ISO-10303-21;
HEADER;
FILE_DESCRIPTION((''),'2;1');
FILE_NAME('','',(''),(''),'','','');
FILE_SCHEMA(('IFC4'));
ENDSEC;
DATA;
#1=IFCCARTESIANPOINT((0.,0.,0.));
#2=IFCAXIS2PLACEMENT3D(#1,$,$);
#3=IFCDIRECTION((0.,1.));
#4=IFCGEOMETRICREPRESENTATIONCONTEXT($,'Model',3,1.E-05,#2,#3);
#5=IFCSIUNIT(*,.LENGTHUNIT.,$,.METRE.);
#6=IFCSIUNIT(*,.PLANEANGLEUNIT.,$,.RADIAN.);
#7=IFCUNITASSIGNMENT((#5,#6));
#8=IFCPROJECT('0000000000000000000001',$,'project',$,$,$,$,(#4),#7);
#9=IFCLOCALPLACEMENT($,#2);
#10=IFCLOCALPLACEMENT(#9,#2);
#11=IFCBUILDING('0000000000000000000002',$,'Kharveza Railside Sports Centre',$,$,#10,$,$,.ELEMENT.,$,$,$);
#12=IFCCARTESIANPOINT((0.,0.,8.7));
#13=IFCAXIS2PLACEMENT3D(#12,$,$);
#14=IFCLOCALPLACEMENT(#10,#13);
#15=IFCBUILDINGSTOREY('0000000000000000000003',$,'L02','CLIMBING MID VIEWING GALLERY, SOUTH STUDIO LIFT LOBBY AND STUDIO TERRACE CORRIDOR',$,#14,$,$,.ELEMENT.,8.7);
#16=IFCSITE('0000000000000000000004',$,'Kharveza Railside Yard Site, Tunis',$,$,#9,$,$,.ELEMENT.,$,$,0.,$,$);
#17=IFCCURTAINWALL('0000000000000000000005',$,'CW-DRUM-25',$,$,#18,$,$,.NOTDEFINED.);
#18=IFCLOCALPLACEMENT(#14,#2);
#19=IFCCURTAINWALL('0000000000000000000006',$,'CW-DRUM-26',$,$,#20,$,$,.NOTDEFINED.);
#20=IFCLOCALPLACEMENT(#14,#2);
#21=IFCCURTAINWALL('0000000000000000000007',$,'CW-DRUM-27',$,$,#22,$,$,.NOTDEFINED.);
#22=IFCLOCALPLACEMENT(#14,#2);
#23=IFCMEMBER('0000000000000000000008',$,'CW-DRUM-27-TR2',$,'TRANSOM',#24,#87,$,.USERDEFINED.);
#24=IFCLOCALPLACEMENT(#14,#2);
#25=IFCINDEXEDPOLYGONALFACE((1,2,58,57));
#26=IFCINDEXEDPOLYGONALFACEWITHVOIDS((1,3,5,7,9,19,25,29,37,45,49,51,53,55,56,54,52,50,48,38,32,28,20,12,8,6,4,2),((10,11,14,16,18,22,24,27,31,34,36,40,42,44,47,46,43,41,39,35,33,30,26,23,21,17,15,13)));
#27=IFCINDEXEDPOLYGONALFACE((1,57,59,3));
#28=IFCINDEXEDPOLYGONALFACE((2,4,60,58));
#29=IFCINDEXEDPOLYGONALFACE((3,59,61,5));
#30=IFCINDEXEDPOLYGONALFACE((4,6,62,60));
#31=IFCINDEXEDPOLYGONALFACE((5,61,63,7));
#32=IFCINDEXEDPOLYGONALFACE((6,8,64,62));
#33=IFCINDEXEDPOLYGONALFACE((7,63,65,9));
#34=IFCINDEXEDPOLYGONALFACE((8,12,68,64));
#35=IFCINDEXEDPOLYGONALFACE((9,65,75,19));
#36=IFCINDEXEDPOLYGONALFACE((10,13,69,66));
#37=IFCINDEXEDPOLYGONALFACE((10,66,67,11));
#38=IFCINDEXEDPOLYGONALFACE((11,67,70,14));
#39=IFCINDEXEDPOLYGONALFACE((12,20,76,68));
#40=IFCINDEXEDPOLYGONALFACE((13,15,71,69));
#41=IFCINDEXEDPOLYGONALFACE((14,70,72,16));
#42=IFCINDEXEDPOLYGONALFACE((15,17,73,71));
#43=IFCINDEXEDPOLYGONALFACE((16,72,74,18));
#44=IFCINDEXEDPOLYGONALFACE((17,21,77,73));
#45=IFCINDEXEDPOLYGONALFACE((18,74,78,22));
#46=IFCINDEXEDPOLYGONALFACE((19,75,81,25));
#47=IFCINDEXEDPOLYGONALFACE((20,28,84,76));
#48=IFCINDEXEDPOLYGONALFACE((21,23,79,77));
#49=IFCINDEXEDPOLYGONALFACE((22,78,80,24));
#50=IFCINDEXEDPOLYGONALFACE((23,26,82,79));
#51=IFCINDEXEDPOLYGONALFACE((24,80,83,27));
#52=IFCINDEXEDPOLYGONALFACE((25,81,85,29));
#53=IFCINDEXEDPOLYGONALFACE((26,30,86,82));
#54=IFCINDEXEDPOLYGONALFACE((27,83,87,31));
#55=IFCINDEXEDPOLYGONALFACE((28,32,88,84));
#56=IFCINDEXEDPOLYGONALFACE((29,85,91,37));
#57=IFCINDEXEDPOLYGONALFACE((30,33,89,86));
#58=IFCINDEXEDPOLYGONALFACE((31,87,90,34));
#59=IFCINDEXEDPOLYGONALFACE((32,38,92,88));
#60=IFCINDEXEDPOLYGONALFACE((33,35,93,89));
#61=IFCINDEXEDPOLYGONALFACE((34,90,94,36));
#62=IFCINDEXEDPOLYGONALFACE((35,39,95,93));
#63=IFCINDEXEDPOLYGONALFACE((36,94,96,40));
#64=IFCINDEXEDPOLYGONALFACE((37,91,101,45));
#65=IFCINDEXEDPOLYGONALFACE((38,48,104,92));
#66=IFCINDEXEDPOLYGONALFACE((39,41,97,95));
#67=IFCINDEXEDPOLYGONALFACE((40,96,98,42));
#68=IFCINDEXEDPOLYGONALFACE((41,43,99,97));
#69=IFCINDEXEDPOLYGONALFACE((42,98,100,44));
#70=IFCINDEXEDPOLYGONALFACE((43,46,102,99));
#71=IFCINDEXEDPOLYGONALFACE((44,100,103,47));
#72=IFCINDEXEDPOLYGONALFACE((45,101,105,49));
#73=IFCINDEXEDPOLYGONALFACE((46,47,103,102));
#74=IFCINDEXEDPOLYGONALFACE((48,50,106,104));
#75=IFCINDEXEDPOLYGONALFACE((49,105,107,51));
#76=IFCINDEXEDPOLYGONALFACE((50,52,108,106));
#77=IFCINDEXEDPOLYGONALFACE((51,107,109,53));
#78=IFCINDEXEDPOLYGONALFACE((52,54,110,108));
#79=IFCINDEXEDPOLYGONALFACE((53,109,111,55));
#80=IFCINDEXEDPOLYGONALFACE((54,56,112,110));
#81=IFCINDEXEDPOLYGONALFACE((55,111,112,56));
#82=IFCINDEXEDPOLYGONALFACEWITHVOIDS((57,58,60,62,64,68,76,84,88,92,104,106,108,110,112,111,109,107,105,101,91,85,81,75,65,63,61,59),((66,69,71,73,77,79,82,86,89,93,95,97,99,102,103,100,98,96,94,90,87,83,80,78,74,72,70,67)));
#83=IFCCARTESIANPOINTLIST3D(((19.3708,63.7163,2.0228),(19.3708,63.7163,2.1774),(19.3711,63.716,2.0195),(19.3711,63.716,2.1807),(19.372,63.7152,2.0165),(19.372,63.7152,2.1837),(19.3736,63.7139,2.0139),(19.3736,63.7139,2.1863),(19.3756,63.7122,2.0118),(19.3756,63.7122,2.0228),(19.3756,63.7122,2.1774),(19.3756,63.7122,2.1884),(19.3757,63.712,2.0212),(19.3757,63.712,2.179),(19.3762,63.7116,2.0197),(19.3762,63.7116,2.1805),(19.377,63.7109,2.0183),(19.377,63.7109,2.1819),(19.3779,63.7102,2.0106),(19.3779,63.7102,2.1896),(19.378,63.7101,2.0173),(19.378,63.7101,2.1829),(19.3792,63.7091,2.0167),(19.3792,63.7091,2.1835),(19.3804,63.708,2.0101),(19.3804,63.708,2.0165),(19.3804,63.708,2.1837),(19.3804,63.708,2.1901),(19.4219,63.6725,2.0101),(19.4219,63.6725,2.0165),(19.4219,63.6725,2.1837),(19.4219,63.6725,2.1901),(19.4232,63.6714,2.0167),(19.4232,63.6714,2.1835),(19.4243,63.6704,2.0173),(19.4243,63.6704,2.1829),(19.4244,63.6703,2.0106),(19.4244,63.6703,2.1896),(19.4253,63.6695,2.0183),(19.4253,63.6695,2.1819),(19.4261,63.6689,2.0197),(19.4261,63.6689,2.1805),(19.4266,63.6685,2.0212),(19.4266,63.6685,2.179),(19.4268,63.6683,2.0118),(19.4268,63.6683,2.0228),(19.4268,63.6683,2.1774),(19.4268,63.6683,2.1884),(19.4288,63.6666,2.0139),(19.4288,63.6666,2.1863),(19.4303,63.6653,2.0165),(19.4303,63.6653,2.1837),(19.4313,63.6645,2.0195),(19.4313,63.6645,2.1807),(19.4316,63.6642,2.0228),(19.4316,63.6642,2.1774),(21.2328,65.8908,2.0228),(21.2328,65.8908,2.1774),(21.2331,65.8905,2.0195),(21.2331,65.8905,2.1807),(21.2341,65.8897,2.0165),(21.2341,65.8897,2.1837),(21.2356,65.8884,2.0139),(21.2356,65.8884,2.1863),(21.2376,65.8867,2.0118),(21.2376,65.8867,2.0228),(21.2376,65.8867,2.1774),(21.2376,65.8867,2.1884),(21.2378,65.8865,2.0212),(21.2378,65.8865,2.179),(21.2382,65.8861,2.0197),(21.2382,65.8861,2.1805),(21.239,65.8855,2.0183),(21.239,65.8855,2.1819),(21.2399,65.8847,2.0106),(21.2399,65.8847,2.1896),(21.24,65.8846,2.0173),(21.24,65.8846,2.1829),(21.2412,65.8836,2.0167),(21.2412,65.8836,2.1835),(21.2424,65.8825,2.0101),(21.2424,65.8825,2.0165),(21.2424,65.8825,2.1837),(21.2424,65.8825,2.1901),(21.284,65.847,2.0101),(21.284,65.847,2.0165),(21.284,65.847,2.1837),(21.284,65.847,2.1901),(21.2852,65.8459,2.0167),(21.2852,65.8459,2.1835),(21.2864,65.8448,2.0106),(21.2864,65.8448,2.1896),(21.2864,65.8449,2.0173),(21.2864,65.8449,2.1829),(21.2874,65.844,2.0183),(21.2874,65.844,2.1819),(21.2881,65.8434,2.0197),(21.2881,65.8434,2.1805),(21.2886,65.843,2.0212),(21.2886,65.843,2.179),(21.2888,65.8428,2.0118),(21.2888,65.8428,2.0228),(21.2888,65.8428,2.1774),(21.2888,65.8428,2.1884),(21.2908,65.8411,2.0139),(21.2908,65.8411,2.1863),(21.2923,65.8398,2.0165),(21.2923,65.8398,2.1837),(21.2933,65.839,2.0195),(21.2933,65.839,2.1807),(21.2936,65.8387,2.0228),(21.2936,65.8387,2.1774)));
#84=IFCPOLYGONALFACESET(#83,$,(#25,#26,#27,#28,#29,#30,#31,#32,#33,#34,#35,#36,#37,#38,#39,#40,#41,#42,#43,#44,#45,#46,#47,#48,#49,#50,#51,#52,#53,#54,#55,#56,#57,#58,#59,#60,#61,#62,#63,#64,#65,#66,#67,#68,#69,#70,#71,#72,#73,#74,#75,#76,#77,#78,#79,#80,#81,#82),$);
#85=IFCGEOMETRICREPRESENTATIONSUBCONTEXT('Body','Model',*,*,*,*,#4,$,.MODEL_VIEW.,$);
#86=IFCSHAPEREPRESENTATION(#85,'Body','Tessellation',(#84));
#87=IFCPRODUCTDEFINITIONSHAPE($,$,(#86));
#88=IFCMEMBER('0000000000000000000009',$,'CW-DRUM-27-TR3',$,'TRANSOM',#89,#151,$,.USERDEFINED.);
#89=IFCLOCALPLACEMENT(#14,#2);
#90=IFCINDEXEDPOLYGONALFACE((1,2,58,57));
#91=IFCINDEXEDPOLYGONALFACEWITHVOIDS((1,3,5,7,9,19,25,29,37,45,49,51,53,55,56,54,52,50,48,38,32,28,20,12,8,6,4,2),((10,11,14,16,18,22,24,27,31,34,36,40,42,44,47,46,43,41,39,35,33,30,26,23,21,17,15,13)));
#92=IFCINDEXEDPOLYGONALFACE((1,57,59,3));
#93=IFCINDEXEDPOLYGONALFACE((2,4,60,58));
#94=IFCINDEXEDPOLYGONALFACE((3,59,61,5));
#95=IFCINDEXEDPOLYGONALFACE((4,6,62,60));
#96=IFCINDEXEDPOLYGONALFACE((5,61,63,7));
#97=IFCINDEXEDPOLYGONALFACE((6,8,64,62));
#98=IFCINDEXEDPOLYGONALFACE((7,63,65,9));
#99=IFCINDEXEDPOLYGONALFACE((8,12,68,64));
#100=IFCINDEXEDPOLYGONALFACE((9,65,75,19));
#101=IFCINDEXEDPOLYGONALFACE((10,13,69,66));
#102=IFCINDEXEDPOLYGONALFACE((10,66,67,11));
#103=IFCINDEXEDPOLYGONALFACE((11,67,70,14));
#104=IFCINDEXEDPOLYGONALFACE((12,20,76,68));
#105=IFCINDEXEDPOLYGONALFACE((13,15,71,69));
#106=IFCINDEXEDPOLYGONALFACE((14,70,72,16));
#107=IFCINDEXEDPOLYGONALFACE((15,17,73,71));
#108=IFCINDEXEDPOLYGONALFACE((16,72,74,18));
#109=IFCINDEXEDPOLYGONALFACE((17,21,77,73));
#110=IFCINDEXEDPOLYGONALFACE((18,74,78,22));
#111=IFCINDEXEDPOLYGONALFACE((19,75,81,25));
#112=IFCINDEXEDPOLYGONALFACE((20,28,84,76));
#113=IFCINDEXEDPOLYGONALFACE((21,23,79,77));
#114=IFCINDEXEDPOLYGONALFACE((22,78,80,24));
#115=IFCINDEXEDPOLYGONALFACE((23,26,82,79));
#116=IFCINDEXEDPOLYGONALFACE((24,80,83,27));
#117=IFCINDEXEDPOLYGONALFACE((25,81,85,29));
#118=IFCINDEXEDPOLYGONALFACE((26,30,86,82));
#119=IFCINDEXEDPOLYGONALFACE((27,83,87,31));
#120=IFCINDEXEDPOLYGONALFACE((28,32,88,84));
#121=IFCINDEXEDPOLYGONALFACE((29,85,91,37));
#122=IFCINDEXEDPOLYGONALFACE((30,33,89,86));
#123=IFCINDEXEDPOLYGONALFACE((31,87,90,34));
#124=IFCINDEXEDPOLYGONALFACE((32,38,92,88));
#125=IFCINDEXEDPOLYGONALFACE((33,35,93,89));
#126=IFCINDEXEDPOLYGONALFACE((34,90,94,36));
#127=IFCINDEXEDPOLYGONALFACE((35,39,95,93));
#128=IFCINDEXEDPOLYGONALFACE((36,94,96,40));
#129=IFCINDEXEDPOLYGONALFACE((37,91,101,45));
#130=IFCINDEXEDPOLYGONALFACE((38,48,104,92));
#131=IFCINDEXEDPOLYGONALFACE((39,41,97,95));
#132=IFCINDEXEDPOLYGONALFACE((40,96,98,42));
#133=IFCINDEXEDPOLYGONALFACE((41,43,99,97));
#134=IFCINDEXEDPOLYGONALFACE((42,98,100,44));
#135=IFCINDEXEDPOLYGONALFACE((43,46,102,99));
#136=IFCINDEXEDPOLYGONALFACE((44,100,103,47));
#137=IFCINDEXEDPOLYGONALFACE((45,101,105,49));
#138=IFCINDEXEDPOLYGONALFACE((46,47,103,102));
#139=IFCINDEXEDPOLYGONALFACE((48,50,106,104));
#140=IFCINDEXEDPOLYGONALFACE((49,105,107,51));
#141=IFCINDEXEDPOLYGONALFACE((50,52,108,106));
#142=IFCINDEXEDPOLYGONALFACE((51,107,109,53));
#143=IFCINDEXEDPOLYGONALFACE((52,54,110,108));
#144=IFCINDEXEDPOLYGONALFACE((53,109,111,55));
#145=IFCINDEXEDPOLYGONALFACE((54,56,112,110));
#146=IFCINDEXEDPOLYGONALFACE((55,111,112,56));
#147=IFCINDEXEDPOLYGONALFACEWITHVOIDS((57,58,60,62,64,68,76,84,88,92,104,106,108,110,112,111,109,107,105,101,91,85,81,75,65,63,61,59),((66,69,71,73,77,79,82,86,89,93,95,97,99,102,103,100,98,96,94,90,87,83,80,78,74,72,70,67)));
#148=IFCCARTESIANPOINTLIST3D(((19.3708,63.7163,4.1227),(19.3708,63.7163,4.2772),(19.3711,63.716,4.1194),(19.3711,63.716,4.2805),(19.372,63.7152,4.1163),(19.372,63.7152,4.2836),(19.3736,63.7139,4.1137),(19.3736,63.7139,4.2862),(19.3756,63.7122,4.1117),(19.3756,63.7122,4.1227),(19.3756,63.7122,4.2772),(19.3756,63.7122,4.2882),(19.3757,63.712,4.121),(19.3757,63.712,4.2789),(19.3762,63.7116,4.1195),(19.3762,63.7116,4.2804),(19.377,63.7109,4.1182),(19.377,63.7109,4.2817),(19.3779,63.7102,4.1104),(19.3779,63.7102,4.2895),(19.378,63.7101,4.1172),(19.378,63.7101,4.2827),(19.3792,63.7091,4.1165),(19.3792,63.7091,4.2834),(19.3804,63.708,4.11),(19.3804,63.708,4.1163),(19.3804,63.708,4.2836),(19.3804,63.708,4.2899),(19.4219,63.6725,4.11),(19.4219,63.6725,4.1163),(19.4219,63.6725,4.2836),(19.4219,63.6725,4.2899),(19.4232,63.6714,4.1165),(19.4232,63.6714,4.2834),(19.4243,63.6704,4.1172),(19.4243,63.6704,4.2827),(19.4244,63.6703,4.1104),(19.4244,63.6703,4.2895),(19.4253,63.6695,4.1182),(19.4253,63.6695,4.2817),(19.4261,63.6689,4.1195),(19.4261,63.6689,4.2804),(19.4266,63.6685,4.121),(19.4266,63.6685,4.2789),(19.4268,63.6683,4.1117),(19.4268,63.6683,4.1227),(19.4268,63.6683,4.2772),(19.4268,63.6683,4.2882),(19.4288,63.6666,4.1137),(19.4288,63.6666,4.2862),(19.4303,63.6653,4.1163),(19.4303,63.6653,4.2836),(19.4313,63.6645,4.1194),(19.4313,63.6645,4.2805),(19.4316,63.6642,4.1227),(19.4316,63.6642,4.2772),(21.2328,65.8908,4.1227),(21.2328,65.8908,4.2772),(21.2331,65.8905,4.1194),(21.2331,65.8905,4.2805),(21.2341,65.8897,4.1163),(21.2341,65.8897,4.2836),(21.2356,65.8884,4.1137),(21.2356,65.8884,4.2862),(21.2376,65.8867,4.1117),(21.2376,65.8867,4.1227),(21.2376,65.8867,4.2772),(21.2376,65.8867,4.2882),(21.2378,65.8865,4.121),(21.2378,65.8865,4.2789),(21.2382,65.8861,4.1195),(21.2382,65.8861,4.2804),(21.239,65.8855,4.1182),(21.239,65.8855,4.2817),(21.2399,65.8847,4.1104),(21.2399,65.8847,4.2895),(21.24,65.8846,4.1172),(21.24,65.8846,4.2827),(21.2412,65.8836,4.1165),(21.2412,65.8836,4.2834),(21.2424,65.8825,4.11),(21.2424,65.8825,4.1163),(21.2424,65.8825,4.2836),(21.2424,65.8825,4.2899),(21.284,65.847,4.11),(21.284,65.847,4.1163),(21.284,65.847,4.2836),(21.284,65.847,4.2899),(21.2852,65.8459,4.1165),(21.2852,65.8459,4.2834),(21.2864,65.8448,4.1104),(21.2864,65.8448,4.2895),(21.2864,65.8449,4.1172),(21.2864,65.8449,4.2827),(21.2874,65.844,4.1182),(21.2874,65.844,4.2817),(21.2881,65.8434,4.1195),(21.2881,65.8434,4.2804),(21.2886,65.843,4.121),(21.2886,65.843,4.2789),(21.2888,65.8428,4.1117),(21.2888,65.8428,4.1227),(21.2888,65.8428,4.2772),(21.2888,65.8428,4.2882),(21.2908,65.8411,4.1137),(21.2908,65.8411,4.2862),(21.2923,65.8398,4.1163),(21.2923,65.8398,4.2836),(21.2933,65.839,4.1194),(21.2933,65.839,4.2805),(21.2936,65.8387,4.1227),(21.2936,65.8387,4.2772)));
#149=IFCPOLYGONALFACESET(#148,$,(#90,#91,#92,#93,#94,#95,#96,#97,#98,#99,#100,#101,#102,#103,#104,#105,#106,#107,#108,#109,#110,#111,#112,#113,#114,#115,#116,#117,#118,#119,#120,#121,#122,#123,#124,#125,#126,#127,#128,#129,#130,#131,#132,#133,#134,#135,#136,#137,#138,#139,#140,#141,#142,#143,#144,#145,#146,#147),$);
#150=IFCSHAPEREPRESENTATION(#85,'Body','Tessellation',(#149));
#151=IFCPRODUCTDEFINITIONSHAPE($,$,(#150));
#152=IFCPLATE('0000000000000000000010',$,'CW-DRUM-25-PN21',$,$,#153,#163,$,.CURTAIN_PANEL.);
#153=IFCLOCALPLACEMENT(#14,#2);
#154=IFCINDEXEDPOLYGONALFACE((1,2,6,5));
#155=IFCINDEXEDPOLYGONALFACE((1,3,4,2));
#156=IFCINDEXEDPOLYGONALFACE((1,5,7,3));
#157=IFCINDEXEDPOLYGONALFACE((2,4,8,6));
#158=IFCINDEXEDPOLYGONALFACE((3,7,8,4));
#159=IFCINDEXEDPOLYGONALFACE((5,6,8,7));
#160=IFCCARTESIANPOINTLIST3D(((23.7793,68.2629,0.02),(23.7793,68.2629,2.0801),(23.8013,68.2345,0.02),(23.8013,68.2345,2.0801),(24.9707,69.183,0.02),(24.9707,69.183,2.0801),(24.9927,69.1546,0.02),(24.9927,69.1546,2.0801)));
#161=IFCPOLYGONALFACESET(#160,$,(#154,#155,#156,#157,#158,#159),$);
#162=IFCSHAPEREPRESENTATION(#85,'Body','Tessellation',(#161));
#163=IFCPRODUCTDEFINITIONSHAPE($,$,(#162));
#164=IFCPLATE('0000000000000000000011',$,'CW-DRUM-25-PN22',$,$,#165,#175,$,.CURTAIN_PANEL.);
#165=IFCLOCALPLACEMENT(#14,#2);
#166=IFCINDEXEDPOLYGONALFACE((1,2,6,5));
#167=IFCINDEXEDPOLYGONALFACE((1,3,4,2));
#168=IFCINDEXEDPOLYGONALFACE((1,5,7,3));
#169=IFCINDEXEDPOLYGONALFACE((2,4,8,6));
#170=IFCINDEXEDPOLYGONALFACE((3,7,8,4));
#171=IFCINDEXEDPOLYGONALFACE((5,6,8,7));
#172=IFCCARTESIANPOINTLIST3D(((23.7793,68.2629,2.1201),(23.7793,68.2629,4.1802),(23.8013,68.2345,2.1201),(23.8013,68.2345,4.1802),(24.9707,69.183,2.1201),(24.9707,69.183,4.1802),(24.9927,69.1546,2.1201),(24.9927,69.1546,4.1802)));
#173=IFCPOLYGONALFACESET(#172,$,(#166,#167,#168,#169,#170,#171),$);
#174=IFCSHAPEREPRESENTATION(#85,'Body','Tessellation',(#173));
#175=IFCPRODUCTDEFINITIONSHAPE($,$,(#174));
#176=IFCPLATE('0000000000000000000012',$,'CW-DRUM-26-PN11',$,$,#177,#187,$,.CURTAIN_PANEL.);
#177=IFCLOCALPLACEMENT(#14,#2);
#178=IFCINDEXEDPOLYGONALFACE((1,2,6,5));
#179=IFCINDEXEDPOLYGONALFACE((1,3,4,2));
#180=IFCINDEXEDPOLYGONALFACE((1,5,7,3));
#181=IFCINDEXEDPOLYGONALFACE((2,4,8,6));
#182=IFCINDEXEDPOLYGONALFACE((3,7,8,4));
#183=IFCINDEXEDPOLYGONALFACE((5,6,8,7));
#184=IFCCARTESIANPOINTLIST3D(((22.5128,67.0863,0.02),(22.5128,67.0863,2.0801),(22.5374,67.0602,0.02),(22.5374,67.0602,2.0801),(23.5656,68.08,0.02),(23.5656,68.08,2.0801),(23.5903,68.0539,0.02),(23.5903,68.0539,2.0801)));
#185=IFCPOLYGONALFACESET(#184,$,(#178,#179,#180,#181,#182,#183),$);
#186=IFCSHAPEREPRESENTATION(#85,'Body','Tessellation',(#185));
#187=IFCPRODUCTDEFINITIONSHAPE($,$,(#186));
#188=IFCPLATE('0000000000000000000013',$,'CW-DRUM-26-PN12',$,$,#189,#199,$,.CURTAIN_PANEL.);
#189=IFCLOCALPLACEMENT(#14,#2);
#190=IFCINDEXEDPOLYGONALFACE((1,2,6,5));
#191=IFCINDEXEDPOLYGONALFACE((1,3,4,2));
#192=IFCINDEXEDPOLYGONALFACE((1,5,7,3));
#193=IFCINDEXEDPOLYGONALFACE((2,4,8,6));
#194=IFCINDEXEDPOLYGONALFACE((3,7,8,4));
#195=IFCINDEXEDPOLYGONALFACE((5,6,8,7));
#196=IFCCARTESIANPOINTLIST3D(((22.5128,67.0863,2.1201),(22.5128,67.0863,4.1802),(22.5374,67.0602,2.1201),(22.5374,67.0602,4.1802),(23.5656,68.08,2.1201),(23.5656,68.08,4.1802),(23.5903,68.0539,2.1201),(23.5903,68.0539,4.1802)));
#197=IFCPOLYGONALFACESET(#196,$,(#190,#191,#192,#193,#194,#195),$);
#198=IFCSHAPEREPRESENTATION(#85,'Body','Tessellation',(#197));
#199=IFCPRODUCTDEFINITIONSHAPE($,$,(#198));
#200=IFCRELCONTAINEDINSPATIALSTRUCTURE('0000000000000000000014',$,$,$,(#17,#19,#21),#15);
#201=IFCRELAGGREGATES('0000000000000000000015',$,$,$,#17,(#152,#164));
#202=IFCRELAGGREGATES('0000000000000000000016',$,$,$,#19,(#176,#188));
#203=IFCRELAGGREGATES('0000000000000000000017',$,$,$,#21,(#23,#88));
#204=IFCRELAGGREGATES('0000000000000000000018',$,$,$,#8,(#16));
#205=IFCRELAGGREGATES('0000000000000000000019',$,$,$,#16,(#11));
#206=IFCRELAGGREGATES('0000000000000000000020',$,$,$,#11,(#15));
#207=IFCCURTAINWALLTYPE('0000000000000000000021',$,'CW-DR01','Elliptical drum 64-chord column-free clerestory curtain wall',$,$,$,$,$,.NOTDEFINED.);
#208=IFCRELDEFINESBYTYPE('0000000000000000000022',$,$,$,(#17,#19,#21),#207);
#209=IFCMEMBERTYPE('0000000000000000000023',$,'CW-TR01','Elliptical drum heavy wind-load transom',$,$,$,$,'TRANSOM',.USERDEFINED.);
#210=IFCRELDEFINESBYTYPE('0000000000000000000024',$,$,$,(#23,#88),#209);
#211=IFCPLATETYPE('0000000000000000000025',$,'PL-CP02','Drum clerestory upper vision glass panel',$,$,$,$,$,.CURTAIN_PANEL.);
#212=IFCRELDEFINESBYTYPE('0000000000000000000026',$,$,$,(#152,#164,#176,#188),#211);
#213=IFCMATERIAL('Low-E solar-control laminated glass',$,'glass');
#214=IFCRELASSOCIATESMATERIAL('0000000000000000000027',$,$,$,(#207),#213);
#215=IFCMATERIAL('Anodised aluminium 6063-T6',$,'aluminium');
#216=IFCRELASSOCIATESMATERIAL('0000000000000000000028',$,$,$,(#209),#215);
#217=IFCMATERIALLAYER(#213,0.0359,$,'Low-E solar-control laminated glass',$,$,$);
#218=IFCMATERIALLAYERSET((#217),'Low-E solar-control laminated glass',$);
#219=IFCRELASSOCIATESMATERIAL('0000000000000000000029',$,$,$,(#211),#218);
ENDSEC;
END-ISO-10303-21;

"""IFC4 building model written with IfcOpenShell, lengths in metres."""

from ifc_helpers import new_model, si_unit, direction, frame, origin, origin_2d, place, context, subcontext, project, spatial, rectangle, hollow_rectangle, extrude, material, layer, layer_set, material_profile, profile_set, type_object, element, aggregate, save


model = new_model("IFC4")

# Units and contexts
model_context = context("Model", 3, precision=1e-05, world=origin(), true_north=direction((0.0, 1.0)))
body_context = subcontext(model_context, "Body", "Model", "MODEL_VIEW")
ifc_project = project(units=[si_unit("LENGTHUNIT", "METRE"), si_unit("PLANEANGLEUNIT", "RADIAN")], contexts=[model_context])

# Site, building, storey
site_placement = place(None, origin())
site = spatial("IfcSite", under=ifc_project, at=site_placement, Name="Kharveza Railside Yard Site, Tunis", CompositionType="ELEMENT", RefElevation=0.0)
building_placement = place(site_placement, origin())
building = spatial("IfcBuilding", under=site, at=building_placement, Name="Kharveza Railside Sports Centre", CompositionType="ELEMENT")
storey_placement = place(building_placement, frame((0.0, 0.0, 8.7)))
storey = spatial("IfcBuildingStorey", under=building, at=storey_placement, Name="L02", Description="CLIMBING MID VIEWING GALLERY, SOUTH STUDIO LIFT LOBBY AND STUDIO TERRACE CORRIDOR", CompositionType="ELEMENT", Elevation=8.7)

# Curtain walls
ifc_material_1 = material(Name="Low-E solar-control laminated glass", Category="glass")
curtain_wall_type = type_object("IfcCurtainWallType", Name="CW-DR01", Description="Elliptical drum 64-chord column-free clerestory curtain wall", PredefinedType="NOTDEFINED", material=ifc_material_1)
curtain_wall_1_placement = place(storey_placement, origin())
curtain_wall_1 = element("IfcCurtainWall", 1, at=curtain_wall_1_placement, inside=storey, type_object=curtain_wall_type, Name="CW-DRUM-25", PredefinedType="NOTDEFINED")
ifc_material_2 = material(Name="Anodised aluminium 6063-T6", Category="aluminium")
curtain_wall_2_placement = place(storey_placement, origin())
curtain_wall_2 = element("IfcCurtainWall", 2, at=curtain_wall_2_placement, inside=storey, type_object=curtain_wall_type, Name="CW-DRUM-26", PredefinedType="NOTDEFINED")

# Curtain wall
curtain_wall_3_placement = place(storey_placement, origin())
curtain_wall_3 = element("IfcCurtainWall", 3, at=curtain_wall_3_placement, inside=storey, type_object=curtain_wall_type, Name="CW-DRUM-27", PredefinedType="NOTDEFINED")

# Members
ifc_material_profile_1 = material_profile(ifc_material_2, hollow_rectangle(XDim=0.0801, YDim=0.1799, WallThickness=0.0063, InnerFilletRadius=0.0063, OuterFilletRadius=0.0127, at=origin_2d()), Name="RHS 80x180x6.3")
ifc_profile_set_1 = profile_set([ifc_material_profile_1], Name="Anodised aluminium 6063-T6")
member_type_1 = type_object("IfcMemberType", Name="CW-TR01", Description="Elliptical drum heavy wind-load transom", ElementType="TRANSOM", PredefinedType="USERDEFINED", material=ifc_profile_set_1)
member_1_placement = place(storey_placement, frame((21.2632, 65.8647, 2.1001), z_axis=(-0.650419, -0.759576, 0.0), x_axis=(0.759576, -0.650419, 0.0)))
member_1 = element("IfcMember", 4, at=member_1_placement, type_object=member_type_1, Name="CW-DRUM-27-TR2", ObjectType="TRANSOM", PredefinedType="USERDEFINED", context=body_context, shape_type="SweptSolid", body=[
    extrude(hollow_rectangle(XDim=0.0801, YDim=0.1799, WallThickness=0.0063, InnerFilletRadius=0.0063, OuterFilletRadius=0.0127, at=origin_2d()), origin(), (0.0, 0.0, 1.0), 2.8628),
])
member_2_placement = place(storey_placement, frame((21.2632, 65.8647, 4.2), z_axis=(-0.650419, -0.759576, 0.0), x_axis=(0.759576, -0.650419, 0.0)))
member_2 = element("IfcMember", 5, at=member_2_placement, type_object=member_type_1, Name="CW-DRUM-27-TR3", ObjectType="TRANSOM", PredefinedType="USERDEFINED", context=body_context, shape_type="SweptSolid", body=[
    extrude(hollow_rectangle(XDim=0.0801, YDim=0.1799, WallThickness=0.0063, InnerFilletRadius=0.0063, OuterFilletRadius=0.0127, at=origin_2d()), origin(), (0.0, 0.0, 1.0), 2.8628),
])

# Plates
ifc_layer_1 = layer(ifc_material_1, 0.0359, Name="Low-E solar-control laminated glass")
ifc_layer_set_1 = layer_set([ifc_layer_1], Name="Low-E solar-control laminated glass")
plate_type = type_object("IfcPlateType", Name="PL-CP02", Description="Drum clerestory upper vision glass panel", PredefinedType="CURTAIN_PANEL", material=ifc_layer_set_1)
plate_1_placement = place(storey_placement, frame((24.386, 68.7087, 0.02), z_axis=(0.0, 0.0, 1.0), x_axis=(-0.791437, -0.611251, 0.0)))
plate_1 = element("IfcPlate", 6, at=plate_1_placement, type_object=plate_type, Name="CW-DRUM-25-PN21", PredefinedType="CURTAIN_PANEL", context=body_context, shape_type="SweptSolid", body=[
    extrude(rectangle(XDim=1.5054, YDim=0.0359, at=origin_2d()), origin(), (0.0, 0.0, 1.0), 2.0601),
])
plate_2_placement = place(storey_placement, frame((24.386, 68.7087, 2.1201), z_axis=(0.0, 0.0, 1.0), x_axis=(-0.791437, -0.611251, 0.0)))
plate_2 = element("IfcPlate", 7, at=plate_2_placement, type_object=plate_type, Name="CW-DRUM-25-PN22", PredefinedType="CURTAIN_PANEL", context=body_context, shape_type="SweptSolid", body=[
    extrude(rectangle(XDim=1.5054, YDim=0.0359, at=origin_2d()), origin(), (0.0, 0.0, 1.0), 2.0601),
])
aggregate(curtain_wall_1, [plate_1, plate_2])
plate_3_placement = place(storey_placement, frame((23.0515, 67.5701, 0.02), z_axis=(0.0, 0.0, 1.0), x_axis=(-0.727234, -0.68639, 0.0)))
plate_3 = element("IfcPlate", 8, at=plate_3_placement, type_object=plate_type, Name="CW-DRUM-26-PN11", PredefinedType="CURTAIN_PANEL", context=body_context, shape_type="SweptSolid", body=[
    extrude(rectangle(XDim=1.4478, YDim=0.0359, at=origin_2d()), origin(), (0.0, 0.0, 1.0), 2.0601),
])
plate_4_placement = place(storey_placement, frame((23.0515, 67.5701, 2.1201), z_axis=(0.0, 0.0, 1.0), x_axis=(-0.727234, -0.68639, 0.0)))
plate_4 = element("IfcPlate", 9, at=plate_4_placement, type_object=plate_type, Name="CW-DRUM-26-PN12", PredefinedType="CURTAIN_PANEL", context=body_context, shape_type="SweptSolid", body=[
    extrude(rectangle(XDim=1.4478, YDim=0.0359, at=origin_2d()), origin(), (0.0, 0.0, 1.0), 2.0601),
])
aggregate(curtain_wall_2, [plate_3, plate_4])
aggregate(curtain_wall_3, [member_1, member_2])

save(model, "model.ifc")
